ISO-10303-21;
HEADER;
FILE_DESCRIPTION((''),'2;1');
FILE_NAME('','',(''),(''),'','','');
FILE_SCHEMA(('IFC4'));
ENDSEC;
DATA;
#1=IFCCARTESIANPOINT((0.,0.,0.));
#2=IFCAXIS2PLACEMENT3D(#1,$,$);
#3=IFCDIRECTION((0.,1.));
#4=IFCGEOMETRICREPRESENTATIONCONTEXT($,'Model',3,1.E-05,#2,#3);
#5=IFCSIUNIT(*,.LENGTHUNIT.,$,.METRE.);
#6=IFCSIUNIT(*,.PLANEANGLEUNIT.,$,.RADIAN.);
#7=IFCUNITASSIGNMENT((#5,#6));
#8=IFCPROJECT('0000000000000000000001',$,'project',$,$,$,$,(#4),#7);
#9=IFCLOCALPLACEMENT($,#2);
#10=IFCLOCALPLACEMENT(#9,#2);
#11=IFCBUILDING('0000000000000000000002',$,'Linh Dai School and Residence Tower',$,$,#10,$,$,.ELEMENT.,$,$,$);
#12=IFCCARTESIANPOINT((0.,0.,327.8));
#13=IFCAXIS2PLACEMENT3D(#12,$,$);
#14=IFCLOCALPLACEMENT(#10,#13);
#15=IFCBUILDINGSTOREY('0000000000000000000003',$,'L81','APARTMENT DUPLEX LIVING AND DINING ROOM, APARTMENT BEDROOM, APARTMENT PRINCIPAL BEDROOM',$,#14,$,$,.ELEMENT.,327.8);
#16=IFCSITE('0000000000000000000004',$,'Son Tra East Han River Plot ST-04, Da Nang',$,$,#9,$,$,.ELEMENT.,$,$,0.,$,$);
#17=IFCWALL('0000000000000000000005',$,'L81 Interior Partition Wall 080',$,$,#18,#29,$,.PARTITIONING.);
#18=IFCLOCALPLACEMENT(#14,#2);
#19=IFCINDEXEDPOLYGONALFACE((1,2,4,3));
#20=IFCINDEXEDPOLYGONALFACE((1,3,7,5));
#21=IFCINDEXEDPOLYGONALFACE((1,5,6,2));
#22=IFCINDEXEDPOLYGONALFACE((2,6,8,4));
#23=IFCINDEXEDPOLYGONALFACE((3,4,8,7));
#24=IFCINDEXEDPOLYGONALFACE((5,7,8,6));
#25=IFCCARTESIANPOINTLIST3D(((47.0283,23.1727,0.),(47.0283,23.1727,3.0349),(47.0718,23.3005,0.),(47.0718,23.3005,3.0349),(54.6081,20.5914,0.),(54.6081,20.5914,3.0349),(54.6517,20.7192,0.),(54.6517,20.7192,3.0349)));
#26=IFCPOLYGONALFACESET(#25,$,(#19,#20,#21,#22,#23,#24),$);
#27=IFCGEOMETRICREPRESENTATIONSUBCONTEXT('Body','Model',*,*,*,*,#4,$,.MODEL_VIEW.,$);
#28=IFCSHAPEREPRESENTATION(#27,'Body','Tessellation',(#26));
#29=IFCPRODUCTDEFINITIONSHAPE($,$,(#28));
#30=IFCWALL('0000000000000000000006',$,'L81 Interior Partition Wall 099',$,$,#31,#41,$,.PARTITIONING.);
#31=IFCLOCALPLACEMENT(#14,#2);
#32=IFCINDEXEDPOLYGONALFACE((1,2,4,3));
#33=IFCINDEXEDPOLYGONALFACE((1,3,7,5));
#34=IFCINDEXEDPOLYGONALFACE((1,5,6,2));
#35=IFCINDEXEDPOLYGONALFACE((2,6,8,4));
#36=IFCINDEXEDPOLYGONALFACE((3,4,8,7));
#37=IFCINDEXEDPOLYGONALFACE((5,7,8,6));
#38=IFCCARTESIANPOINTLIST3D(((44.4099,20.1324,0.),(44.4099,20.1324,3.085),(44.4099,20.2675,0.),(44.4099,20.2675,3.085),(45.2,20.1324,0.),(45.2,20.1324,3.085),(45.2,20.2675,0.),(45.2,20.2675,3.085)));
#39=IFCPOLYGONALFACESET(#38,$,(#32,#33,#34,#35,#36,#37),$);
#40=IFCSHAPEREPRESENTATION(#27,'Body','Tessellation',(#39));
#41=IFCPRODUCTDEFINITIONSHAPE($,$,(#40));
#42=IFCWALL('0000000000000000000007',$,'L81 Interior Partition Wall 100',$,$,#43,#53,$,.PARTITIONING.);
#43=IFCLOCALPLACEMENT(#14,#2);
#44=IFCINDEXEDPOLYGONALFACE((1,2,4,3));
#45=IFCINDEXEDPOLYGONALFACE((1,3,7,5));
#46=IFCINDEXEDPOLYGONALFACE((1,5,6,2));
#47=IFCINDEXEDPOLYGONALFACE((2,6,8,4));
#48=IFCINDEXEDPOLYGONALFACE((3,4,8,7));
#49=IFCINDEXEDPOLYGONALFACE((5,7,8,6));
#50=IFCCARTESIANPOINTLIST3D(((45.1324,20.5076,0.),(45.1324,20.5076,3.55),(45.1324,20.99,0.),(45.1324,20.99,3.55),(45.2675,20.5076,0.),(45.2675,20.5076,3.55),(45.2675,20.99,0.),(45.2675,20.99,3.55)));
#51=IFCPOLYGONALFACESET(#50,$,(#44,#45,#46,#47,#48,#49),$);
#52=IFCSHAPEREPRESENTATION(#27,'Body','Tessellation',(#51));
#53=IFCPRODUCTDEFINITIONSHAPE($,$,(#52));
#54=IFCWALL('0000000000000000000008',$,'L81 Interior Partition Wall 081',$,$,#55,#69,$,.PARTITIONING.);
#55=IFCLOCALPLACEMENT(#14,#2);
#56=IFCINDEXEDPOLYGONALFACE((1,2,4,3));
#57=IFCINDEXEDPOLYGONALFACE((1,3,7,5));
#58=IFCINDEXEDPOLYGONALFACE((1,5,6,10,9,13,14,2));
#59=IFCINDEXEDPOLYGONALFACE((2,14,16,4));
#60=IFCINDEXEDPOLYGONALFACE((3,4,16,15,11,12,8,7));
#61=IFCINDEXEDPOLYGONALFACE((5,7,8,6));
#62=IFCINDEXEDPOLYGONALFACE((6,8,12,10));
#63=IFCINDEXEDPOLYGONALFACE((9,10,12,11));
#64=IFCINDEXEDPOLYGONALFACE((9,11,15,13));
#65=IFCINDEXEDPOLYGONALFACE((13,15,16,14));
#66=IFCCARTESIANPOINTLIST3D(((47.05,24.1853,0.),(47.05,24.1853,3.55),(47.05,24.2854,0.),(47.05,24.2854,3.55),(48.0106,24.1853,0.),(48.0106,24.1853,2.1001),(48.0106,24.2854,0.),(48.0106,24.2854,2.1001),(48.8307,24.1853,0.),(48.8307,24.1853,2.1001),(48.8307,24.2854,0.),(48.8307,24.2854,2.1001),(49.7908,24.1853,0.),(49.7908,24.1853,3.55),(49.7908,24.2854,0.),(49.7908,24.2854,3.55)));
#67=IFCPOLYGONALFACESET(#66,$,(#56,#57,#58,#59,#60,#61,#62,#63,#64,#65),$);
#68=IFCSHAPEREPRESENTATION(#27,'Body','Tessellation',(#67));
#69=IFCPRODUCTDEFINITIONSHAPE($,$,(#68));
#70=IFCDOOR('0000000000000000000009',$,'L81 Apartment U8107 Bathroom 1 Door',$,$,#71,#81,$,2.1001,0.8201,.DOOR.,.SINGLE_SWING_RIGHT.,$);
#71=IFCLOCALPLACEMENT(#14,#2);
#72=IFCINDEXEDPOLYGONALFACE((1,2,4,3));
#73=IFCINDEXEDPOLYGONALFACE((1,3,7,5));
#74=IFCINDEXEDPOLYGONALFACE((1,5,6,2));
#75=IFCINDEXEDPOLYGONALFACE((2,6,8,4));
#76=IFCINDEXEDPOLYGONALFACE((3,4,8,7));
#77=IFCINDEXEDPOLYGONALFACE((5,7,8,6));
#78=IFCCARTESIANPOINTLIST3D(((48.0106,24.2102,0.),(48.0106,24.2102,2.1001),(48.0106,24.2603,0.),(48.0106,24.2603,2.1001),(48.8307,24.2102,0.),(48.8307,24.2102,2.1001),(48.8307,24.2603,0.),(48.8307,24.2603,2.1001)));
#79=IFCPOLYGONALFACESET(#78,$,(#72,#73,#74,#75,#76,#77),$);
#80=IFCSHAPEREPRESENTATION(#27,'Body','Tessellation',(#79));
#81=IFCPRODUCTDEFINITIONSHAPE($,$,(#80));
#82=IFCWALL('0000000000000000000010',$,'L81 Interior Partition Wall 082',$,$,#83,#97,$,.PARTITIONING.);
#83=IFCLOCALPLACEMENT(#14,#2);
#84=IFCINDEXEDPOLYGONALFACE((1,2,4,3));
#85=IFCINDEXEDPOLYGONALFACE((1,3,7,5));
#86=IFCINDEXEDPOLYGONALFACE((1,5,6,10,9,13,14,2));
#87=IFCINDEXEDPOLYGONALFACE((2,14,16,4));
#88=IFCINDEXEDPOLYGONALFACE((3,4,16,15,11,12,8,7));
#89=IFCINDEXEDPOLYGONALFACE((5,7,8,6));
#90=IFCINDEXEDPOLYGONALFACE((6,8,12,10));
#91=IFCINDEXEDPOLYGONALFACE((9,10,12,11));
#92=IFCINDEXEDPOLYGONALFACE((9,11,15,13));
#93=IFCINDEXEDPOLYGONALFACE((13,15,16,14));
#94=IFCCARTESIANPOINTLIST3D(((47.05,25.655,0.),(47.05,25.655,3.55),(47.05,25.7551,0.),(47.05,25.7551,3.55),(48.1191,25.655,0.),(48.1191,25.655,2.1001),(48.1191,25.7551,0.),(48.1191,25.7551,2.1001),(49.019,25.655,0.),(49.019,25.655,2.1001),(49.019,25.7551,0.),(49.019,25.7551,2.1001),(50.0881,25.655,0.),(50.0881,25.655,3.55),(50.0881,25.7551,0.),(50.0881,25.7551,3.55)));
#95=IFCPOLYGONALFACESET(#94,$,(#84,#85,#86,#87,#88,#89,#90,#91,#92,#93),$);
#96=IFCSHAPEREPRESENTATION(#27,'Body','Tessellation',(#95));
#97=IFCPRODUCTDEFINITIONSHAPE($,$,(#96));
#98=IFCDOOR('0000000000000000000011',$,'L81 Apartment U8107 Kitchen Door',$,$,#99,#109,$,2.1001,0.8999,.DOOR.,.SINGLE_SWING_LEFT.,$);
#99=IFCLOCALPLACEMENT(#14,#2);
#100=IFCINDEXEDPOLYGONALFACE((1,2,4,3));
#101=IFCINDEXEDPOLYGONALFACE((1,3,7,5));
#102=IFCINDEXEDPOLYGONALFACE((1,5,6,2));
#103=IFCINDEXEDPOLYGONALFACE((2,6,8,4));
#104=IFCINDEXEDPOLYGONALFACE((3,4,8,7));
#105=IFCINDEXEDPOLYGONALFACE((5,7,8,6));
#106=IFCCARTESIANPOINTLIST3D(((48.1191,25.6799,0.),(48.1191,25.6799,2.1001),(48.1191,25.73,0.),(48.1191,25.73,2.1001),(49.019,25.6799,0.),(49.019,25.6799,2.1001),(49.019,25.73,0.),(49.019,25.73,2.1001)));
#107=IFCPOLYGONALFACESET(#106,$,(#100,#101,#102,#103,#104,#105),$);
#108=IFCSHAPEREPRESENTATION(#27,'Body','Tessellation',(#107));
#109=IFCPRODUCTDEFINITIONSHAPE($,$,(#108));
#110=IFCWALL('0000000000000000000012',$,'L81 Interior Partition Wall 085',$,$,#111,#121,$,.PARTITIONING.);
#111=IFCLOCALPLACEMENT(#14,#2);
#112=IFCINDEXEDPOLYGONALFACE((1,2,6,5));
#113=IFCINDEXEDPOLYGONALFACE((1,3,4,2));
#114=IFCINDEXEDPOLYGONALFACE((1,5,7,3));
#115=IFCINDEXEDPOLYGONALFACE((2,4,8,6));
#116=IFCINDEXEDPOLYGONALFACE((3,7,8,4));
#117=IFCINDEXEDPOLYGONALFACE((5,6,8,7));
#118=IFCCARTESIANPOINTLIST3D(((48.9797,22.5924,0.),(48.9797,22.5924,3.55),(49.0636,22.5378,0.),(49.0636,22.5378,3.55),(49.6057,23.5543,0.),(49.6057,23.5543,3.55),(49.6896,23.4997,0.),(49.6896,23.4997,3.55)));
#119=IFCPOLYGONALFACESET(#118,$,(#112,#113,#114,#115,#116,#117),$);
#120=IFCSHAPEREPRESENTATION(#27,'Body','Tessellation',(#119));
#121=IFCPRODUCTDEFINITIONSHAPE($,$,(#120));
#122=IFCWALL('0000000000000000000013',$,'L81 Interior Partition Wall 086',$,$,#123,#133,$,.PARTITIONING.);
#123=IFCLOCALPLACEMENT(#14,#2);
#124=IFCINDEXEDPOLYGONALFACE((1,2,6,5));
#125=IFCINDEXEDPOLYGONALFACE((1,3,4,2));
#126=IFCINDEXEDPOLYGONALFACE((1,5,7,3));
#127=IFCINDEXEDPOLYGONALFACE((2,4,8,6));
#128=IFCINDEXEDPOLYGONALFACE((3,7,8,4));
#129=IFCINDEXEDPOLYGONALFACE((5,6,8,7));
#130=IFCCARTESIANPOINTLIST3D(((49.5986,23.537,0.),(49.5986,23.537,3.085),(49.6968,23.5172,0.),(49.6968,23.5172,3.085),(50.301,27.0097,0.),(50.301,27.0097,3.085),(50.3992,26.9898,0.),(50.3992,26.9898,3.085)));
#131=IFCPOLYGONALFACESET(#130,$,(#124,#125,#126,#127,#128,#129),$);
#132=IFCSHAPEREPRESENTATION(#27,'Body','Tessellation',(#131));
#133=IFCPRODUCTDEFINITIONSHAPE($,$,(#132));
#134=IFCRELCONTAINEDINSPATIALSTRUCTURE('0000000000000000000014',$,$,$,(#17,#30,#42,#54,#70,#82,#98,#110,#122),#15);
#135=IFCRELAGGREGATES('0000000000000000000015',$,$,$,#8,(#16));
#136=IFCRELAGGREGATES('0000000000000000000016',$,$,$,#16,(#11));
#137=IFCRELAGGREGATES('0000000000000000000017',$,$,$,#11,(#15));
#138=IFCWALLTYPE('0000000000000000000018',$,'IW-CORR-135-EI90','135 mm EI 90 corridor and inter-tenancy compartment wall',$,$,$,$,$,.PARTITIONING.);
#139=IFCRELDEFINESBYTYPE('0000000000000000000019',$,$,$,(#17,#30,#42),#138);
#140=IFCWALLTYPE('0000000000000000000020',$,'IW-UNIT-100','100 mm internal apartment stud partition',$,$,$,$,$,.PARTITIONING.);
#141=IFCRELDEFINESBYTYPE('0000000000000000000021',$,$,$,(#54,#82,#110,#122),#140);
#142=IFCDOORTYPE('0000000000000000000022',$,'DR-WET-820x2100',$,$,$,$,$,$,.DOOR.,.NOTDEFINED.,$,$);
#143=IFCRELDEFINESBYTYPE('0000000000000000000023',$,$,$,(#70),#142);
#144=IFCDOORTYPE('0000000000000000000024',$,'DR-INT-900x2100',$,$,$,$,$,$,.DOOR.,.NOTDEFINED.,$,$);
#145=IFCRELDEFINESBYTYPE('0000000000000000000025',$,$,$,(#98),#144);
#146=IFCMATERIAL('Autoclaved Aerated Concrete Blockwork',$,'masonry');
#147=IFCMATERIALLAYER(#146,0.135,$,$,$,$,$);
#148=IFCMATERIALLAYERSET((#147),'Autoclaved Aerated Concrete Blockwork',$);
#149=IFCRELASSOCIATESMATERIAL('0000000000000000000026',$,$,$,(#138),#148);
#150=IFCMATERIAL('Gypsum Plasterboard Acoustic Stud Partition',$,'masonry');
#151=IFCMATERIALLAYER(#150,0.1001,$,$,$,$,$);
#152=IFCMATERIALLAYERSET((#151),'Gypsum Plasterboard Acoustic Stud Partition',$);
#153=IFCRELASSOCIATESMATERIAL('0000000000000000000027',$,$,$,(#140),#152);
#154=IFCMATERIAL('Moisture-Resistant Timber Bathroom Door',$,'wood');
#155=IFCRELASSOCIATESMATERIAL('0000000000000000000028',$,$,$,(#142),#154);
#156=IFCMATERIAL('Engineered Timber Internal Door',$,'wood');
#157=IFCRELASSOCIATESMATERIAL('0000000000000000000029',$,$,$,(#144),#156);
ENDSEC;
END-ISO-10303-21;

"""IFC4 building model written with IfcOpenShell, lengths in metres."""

from ifc_helpers import new_model, si_unit, direction, frame, frame_2d, origin, origin_2d, place, context, subcontext, project, spatial, rectangle, extrude, source, transform, mapped, material, layer, layer_set, type_object, element, fill, save


model = new_model("IFC4")

# Units and contexts
model_context = context("Model", 3, precision=1e-05, world=origin(), true_north=direction((0.0, 1.0)))
body_context = subcontext(model_context, "Body", "Model", "MODEL_VIEW")
ifc_project = project(units=[si_unit("LENGTHUNIT", "METRE"), si_unit("PLANEANGLEUNIT", "RADIAN")], contexts=[model_context])

# Site, building, storey
site_placement = place(None, origin())
site = spatial("IfcSite", under=ifc_project, at=site_placement, Name="Son Tra East Han River Plot ST-04, Da Nang", CompositionType="ELEMENT", RefElevation=0.0)
building_placement = place(site_placement, origin())
building = spatial("IfcBuilding", under=site, at=building_placement, Name="Linh Dai School and Residence Tower", CompositionType="ELEMENT")
storey_placement = place(building_placement, frame((0.0, 0.0, 327.8)))
storey = spatial("IfcBuildingStorey", under=building, at=storey_placement, Name="L81", Description="APARTMENT DUPLEX LIVING AND DINING ROOM, APARTMENT BEDROOM, APARTMENT PRINCIPAL BEDROOM", CompositionType="ELEMENT", Elevation=327.8)

# Walls
ifc_material_1 = material(Name="Autoclaved Aerated Concrete Blockwork", Category="masonry")
ifc_layer_1 = layer(ifc_material_1, 0.135)
ifc_layer_set_1 = layer_set([ifc_layer_1], Name="Autoclaved Aerated Concrete Blockwork")
wall_type_1 = type_object("IfcWallType", Name="IW-CORR-135-EI90", Description="135 mm EI 90 corridor and inter-tenancy compartment wall", PredefinedType="PARTITIONING", material=ifc_layer_set_1)
wall_1_placement = place(storey_placement, frame((47.05, 23.2366, 0.0), z_axis=(0.0, 0.0, 1.0), x_axis=(0.946614, -0.322368, 0.0)))
element("IfcWall", 1, at=wall_1_placement, inside=storey, type_object=wall_type_1, Name="L81 Interior Partition Wall 080", PredefinedType="PARTITIONING", context=body_context, shape_type="SweptSolid", body=[
    extrude(rectangle(XDim=8.0073, YDim=0.135, at=frame_2d((4.0037, 0.0))), origin(), (0.0, 0.0, 1.0), 3.0349),
])
wall_2_placement = place(storey_placement, frame((44.4099, 20.2, 0.0), z_axis=(0.0, 0.0, 1.0), x_axis=(1.0, 0.0, 0.0)))
element("IfcWall", 2, at=wall_2_placement, inside=storey, type_object=wall_type_1, Name="L81 Interior Partition Wall 099", PredefinedType="PARTITIONING", context=body_context, shape_type="SweptSolid", body=[
    extrude(rectangle(XDim=0.79, YDim=0.135, at=frame_2d((0.395, 0.0))), origin(), (0.0, 0.0, 1.0), 3.085),
])
wall_3_placement = place(storey_placement, frame((45.2, 20.5076, 0.0), z_axis=(0.0, 0.0, 1.0), x_axis=(0.0, 1.0, 0.0)))
element("IfcWall", 3, at=wall_3_placement, inside=storey, type_object=wall_type_1, Name="L81 Interior Partition Wall 100", PredefinedType="PARTITIONING", context=body_context, shape_type="SweptSolid", body=[
    extrude(rectangle(XDim=0.4824, YDim=0.135, at=frame_2d((0.2412, 0.0))), origin(), (0.0, 0.0, 1.0), 3.55),
])

# Walls, openings, doors
ifc_material_2 = material(Name="Gypsum Plasterboard Acoustic Stud Partition", Category="masonry")
ifc_layer_2 = layer(ifc_material_2, 0.1001)
ifc_layer_set_2 = layer_set([ifc_layer_2], Name="Gypsum Plasterboard Acoustic Stud Partition")
wall_type_2 = type_object("IfcWallType", Name="IW-UNIT-100", Description="100 mm internal apartment stud partition", PredefinedType="PARTITIONING", material=ifc_layer_set_2)
wall_4_placement = place(storey_placement, frame((47.05, 24.2354, 0.0), z_axis=(0.0, 0.0, 1.0), x_axis=(1.0, 0.0, 0.0)))
wall_4 = element("IfcWall", 4, at=wall_4_placement, inside=storey, type_object=wall_type_2, Name="L81 Interior Partition Wall 081", PredefinedType="PARTITIONING", context=body_context, shape_type="SweptSolid", body=[
    extrude(rectangle(XDim=2.7407, YDim=0.1001, at=frame_2d((1.3704, 0.0))), origin(), (0.0, 0.0, 1.0), 3.55),
])
opening_1_placement = place(wall_4_placement, frame((0.9604, 0.0, 0.0)))
opening_1 = element("IfcOpeningElement", 5, at=opening_1_placement, cuts=wall_4, PredefinedType="OPENING", context=body_context, shape_type="SweptSolid", body=[
    extrude(rectangle(XDim=0.8201, YDim=2.1001, at=origin_2d()), frame((0.4102, 0.0601, 1.05), z_axis=(0.0, -1.0, 0.0), x_axis=(1.0, 0.0, 0.0)), (0.0, 0.0, 1.0), 0.1201),
])
ifc_material_3 = material(Name="Moisture-Resistant Timber Bathroom Door", Category="wood")
door_type_1 = type_object("IfcDoorType", Name="DR-WET-820x2100", OperationType="NOTDEFINED", PredefinedType="DOOR", material=ifc_material_3)
shared_shape_1 = source(origin(), body_context, "Body", "SweptSolid", [
    extrude(rectangle(XDim=0.8201, YDim=2.1001, at=origin_2d()), frame((0.4102, 0.0249, 1.05), z_axis=(0.0, -1.0, 0.0), x_axis=(1.0, 0.0, 0.0)), (0.0, 0.0, 1.0), 0.05),
])
door_1_placement = place(opening_1_placement, origin())
door_1 = element("IfcDoor", 6, at=door_1_placement, inside=storey, type_object=door_type_1, Name="L81 Apartment U8107 Bathroom 1 Door", OperationType="SINGLE_SWING_RIGHT", OverallHeight=2.1001, OverallWidth=0.8201, PredefinedType="DOOR", context=body_context, shape_type="MappedRepresentation", body=[
    mapped(shared_shape_1, transform((0.0, 0.0, 0.0), x_axis=(1.0, 0.0, 0.0), y_axis=(0.0, 1.0, 0.0), z_axis=(0.0, 0.0, 1.0), scale=1.0)),
])
fill(opening_1, door_1)
wall_5_placement = place(storey_placement, frame((47.05, 25.7051, 0.0), z_axis=(0.0, 0.0, 1.0), x_axis=(1.0, 0.0, 0.0)))
wall_5 = element("IfcWall", 7, at=wall_5_placement, inside=storey, type_object=wall_type_2, Name="L81 Interior Partition Wall 082", PredefinedType="PARTITIONING", context=body_context, shape_type="SweptSolid", body=[
    extrude(rectangle(XDim=3.0381, YDim=0.1001, at=frame_2d((1.519, 0.0))), origin(), (0.0, 0.0, 1.0), 3.55),
])
opening_2_placement = place(wall_5_placement, frame((1.0691, 0.0, 0.0)))
opening_2 = element("IfcOpeningElement", 8, at=opening_2_placement, cuts=wall_5, PredefinedType="OPENING", context=body_context, shape_type="SweptSolid", body=[
    extrude(rectangle(XDim=0.8999, YDim=2.1001, at=origin_2d()), frame((0.45, 0.0601, 1.05), z_axis=(0.0, -1.0, 0.0), x_axis=(1.0, 0.0, 0.0)), (0.0, 0.0, 1.0), 0.1201),
])
ifc_material_4 = material(Name="Engineered Timber Internal Door", Category="wood")
door_type_2 = type_object("IfcDoorType", Name="DR-INT-900x2100", OperationType="NOTDEFINED", PredefinedType="DOOR", material=ifc_material_4)
shared_shape_2 = source(origin(), body_context, "Body", "SweptSolid", [
    extrude(rectangle(XDim=0.8999, YDim=2.1001, at=origin_2d()), frame((0.45, 0.0249, 1.05), z_axis=(0.0, -1.0, 0.0), x_axis=(1.0, 0.0, 0.0)), (0.0, 0.0, 1.0), 0.05),
])
door_2_placement = place(opening_2_placement, origin())
door_2 = element("IfcDoor", 9, at=door_2_placement, inside=storey, type_object=door_type_2, Name="L81 Apartment U8107 Kitchen Door", OperationType="SINGLE_SWING_LEFT", OverallHeight=2.1001, OverallWidth=0.8999, PredefinedType="DOOR", context=body_context, shape_type="MappedRepresentation", body=[
    mapped(shared_shape_2, transform((0.0, 0.0, 0.0), x_axis=(1.0, 0.0, 0.0), y_axis=(0.0, 1.0, 0.0), z_axis=(0.0, 0.0, 1.0), scale=1.0)),
])
fill(opening_2, door_2)

# Walls
wall_6_placement = place(storey_placement, frame((49.0217, 22.5652, 0.0), z_axis=(0.0, 0.0, 1.0), x_axis=(0.545437, 0.838152, 0.0)))
element("IfcWall", 10, at=wall_6_placement, inside=storey, type_object=wall_type_2, Name="L81 Interior Partition Wall 085", PredefinedType="PARTITIONING", context=body_context, shape_type="SweptSolid", body=[
    extrude(rectangle(XDim=1.1477, YDim=0.1001, at=frame_2d((0.5737, 0.0))), origin(), (0.0, 0.0, 1.0), 3.55),
])
wall_7_placement = place(storey_placement, frame((49.6477, 23.5271, 0.0), z_axis=(0.0, 0.0, 1.0), x_axis=(0.198249, 0.980152, 0.0)))
element("IfcWall", 11, at=wall_7_placement, inside=storey, type_object=wall_type_2, Name="L81 Interior Partition Wall 086", PredefinedType="PARTITIONING", context=body_context, shape_type="SweptSolid", body=[
    extrude(rectangle(XDim=3.543, YDim=0.1001, at=frame_2d((1.7715, 0.0))), origin(), (0.0, 0.0, 1.0), 3.085),
])

save(model, "model.ifc")
